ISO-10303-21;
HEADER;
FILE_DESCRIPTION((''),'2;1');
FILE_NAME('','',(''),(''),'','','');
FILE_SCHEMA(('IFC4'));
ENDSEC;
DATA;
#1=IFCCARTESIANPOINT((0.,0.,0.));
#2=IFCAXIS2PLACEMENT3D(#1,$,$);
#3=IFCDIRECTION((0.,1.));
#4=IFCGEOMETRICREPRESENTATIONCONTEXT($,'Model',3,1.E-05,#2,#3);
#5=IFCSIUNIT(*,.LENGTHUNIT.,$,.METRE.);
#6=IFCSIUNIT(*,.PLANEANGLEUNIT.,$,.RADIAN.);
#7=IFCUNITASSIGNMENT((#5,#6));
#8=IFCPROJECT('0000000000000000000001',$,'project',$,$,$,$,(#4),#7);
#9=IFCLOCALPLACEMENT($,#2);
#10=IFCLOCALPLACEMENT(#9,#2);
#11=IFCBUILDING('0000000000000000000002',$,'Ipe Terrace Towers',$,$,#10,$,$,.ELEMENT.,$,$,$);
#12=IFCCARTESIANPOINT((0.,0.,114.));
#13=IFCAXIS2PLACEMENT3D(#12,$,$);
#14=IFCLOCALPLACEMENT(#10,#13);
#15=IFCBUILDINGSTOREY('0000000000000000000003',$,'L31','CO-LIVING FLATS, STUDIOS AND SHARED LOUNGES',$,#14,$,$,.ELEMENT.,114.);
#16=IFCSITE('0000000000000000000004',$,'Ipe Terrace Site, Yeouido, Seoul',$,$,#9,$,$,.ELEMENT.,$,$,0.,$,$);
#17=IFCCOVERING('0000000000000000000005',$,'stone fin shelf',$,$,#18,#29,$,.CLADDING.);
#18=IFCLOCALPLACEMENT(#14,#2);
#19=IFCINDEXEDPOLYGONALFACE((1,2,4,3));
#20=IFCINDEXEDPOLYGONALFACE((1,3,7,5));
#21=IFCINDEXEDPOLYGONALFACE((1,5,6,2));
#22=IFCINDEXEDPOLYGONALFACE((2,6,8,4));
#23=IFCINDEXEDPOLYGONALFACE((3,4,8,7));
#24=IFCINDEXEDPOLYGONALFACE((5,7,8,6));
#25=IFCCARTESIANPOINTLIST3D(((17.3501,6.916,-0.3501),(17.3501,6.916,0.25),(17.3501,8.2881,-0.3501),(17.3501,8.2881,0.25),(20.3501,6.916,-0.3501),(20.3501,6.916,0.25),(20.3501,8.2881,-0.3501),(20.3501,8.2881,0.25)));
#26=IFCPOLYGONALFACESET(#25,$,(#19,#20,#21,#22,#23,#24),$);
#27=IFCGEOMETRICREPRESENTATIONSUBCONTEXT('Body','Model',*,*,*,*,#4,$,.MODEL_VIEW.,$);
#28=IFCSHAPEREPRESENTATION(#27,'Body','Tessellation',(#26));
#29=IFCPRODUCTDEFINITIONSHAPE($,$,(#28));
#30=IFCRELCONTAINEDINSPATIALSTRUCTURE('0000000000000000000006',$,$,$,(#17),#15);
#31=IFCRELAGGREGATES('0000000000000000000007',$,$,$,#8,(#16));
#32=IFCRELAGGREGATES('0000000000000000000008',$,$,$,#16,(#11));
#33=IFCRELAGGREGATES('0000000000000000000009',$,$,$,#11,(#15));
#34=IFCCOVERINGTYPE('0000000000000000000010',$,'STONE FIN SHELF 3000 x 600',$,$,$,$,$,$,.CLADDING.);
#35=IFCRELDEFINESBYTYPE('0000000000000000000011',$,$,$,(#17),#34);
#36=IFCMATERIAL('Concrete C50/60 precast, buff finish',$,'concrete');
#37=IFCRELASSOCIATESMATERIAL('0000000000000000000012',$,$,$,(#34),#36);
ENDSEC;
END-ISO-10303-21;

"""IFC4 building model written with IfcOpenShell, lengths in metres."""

from ifc_helpers import new_model, si_unit, direction, frame, origin, origin_2d, place, context, subcontext, project, spatial, rectangle, extrude, material, type_object, element, save


model = new_model("IFC4")

# Units and contexts
model_context = context("Model", 3, precision=1e-05, world=origin(), true_north=direction((0.0, 1.0)))
body_context = subcontext(model_context, "Body", "Model", "MODEL_VIEW")
ifc_project = project(units=[si_unit("LENGTHUNIT", "METRE"), si_unit("PLANEANGLEUNIT", "RADIAN")], contexts=[model_context])

# Site, building, storey
site_placement = place(None, origin())
site = spatial("IfcSite", under=ifc_project, at=site_placement, Name="Ipe Terrace Site, Yeouido, Seoul", CompositionType="ELEMENT", RefElevation=0.0)
building_placement = place(site_placement, origin())
building = spatial("IfcBuilding", under=site, at=building_placement, Name="Ipe Terrace Towers", CompositionType="ELEMENT")
storey_placement = place(building_placement, frame((0.0, 0.0, 114.0)))
storey = spatial("IfcBuildingStorey", under=building, at=storey_placement, Name="L31", Description="CO-LIVING FLATS, STUDIOS AND SHARED LOUNGES", CompositionType="ELEMENT", Elevation=114.0)

# Covering
ifc_material_1 = material(Name="Concrete C50/60 precast, buff finish", Category="concrete")
covering_type_1 = type_object("IfcCoveringType", Name="STONE FIN SHELF 3000 x 600", PredefinedType="CLADDING", material=ifc_material_1)
for number, where, z_axis, x_axis, name in (
    (1, (18.8501, 7.6021, -0.3501), (0.0, 0.0, 1.0), (-1.0, 0.0, 0.0), "stone fin shelf"),
):
    element("IfcCovering", number, at=place(storey_placement, frame(where, z_axis=z_axis, x_axis=x_axis)), inside=storey, type_object=covering_type_1, Name=name, PredefinedType="CLADDING", context=body_context, shape_type="SweptSolid", body=[
        extrude(rectangle(XDim=3.0, YDim=1.3721, at=origin_2d()), origin(), (0.0, 0.0, 1.0), 0.6001),
    ])

save(model, "model.ifc")
